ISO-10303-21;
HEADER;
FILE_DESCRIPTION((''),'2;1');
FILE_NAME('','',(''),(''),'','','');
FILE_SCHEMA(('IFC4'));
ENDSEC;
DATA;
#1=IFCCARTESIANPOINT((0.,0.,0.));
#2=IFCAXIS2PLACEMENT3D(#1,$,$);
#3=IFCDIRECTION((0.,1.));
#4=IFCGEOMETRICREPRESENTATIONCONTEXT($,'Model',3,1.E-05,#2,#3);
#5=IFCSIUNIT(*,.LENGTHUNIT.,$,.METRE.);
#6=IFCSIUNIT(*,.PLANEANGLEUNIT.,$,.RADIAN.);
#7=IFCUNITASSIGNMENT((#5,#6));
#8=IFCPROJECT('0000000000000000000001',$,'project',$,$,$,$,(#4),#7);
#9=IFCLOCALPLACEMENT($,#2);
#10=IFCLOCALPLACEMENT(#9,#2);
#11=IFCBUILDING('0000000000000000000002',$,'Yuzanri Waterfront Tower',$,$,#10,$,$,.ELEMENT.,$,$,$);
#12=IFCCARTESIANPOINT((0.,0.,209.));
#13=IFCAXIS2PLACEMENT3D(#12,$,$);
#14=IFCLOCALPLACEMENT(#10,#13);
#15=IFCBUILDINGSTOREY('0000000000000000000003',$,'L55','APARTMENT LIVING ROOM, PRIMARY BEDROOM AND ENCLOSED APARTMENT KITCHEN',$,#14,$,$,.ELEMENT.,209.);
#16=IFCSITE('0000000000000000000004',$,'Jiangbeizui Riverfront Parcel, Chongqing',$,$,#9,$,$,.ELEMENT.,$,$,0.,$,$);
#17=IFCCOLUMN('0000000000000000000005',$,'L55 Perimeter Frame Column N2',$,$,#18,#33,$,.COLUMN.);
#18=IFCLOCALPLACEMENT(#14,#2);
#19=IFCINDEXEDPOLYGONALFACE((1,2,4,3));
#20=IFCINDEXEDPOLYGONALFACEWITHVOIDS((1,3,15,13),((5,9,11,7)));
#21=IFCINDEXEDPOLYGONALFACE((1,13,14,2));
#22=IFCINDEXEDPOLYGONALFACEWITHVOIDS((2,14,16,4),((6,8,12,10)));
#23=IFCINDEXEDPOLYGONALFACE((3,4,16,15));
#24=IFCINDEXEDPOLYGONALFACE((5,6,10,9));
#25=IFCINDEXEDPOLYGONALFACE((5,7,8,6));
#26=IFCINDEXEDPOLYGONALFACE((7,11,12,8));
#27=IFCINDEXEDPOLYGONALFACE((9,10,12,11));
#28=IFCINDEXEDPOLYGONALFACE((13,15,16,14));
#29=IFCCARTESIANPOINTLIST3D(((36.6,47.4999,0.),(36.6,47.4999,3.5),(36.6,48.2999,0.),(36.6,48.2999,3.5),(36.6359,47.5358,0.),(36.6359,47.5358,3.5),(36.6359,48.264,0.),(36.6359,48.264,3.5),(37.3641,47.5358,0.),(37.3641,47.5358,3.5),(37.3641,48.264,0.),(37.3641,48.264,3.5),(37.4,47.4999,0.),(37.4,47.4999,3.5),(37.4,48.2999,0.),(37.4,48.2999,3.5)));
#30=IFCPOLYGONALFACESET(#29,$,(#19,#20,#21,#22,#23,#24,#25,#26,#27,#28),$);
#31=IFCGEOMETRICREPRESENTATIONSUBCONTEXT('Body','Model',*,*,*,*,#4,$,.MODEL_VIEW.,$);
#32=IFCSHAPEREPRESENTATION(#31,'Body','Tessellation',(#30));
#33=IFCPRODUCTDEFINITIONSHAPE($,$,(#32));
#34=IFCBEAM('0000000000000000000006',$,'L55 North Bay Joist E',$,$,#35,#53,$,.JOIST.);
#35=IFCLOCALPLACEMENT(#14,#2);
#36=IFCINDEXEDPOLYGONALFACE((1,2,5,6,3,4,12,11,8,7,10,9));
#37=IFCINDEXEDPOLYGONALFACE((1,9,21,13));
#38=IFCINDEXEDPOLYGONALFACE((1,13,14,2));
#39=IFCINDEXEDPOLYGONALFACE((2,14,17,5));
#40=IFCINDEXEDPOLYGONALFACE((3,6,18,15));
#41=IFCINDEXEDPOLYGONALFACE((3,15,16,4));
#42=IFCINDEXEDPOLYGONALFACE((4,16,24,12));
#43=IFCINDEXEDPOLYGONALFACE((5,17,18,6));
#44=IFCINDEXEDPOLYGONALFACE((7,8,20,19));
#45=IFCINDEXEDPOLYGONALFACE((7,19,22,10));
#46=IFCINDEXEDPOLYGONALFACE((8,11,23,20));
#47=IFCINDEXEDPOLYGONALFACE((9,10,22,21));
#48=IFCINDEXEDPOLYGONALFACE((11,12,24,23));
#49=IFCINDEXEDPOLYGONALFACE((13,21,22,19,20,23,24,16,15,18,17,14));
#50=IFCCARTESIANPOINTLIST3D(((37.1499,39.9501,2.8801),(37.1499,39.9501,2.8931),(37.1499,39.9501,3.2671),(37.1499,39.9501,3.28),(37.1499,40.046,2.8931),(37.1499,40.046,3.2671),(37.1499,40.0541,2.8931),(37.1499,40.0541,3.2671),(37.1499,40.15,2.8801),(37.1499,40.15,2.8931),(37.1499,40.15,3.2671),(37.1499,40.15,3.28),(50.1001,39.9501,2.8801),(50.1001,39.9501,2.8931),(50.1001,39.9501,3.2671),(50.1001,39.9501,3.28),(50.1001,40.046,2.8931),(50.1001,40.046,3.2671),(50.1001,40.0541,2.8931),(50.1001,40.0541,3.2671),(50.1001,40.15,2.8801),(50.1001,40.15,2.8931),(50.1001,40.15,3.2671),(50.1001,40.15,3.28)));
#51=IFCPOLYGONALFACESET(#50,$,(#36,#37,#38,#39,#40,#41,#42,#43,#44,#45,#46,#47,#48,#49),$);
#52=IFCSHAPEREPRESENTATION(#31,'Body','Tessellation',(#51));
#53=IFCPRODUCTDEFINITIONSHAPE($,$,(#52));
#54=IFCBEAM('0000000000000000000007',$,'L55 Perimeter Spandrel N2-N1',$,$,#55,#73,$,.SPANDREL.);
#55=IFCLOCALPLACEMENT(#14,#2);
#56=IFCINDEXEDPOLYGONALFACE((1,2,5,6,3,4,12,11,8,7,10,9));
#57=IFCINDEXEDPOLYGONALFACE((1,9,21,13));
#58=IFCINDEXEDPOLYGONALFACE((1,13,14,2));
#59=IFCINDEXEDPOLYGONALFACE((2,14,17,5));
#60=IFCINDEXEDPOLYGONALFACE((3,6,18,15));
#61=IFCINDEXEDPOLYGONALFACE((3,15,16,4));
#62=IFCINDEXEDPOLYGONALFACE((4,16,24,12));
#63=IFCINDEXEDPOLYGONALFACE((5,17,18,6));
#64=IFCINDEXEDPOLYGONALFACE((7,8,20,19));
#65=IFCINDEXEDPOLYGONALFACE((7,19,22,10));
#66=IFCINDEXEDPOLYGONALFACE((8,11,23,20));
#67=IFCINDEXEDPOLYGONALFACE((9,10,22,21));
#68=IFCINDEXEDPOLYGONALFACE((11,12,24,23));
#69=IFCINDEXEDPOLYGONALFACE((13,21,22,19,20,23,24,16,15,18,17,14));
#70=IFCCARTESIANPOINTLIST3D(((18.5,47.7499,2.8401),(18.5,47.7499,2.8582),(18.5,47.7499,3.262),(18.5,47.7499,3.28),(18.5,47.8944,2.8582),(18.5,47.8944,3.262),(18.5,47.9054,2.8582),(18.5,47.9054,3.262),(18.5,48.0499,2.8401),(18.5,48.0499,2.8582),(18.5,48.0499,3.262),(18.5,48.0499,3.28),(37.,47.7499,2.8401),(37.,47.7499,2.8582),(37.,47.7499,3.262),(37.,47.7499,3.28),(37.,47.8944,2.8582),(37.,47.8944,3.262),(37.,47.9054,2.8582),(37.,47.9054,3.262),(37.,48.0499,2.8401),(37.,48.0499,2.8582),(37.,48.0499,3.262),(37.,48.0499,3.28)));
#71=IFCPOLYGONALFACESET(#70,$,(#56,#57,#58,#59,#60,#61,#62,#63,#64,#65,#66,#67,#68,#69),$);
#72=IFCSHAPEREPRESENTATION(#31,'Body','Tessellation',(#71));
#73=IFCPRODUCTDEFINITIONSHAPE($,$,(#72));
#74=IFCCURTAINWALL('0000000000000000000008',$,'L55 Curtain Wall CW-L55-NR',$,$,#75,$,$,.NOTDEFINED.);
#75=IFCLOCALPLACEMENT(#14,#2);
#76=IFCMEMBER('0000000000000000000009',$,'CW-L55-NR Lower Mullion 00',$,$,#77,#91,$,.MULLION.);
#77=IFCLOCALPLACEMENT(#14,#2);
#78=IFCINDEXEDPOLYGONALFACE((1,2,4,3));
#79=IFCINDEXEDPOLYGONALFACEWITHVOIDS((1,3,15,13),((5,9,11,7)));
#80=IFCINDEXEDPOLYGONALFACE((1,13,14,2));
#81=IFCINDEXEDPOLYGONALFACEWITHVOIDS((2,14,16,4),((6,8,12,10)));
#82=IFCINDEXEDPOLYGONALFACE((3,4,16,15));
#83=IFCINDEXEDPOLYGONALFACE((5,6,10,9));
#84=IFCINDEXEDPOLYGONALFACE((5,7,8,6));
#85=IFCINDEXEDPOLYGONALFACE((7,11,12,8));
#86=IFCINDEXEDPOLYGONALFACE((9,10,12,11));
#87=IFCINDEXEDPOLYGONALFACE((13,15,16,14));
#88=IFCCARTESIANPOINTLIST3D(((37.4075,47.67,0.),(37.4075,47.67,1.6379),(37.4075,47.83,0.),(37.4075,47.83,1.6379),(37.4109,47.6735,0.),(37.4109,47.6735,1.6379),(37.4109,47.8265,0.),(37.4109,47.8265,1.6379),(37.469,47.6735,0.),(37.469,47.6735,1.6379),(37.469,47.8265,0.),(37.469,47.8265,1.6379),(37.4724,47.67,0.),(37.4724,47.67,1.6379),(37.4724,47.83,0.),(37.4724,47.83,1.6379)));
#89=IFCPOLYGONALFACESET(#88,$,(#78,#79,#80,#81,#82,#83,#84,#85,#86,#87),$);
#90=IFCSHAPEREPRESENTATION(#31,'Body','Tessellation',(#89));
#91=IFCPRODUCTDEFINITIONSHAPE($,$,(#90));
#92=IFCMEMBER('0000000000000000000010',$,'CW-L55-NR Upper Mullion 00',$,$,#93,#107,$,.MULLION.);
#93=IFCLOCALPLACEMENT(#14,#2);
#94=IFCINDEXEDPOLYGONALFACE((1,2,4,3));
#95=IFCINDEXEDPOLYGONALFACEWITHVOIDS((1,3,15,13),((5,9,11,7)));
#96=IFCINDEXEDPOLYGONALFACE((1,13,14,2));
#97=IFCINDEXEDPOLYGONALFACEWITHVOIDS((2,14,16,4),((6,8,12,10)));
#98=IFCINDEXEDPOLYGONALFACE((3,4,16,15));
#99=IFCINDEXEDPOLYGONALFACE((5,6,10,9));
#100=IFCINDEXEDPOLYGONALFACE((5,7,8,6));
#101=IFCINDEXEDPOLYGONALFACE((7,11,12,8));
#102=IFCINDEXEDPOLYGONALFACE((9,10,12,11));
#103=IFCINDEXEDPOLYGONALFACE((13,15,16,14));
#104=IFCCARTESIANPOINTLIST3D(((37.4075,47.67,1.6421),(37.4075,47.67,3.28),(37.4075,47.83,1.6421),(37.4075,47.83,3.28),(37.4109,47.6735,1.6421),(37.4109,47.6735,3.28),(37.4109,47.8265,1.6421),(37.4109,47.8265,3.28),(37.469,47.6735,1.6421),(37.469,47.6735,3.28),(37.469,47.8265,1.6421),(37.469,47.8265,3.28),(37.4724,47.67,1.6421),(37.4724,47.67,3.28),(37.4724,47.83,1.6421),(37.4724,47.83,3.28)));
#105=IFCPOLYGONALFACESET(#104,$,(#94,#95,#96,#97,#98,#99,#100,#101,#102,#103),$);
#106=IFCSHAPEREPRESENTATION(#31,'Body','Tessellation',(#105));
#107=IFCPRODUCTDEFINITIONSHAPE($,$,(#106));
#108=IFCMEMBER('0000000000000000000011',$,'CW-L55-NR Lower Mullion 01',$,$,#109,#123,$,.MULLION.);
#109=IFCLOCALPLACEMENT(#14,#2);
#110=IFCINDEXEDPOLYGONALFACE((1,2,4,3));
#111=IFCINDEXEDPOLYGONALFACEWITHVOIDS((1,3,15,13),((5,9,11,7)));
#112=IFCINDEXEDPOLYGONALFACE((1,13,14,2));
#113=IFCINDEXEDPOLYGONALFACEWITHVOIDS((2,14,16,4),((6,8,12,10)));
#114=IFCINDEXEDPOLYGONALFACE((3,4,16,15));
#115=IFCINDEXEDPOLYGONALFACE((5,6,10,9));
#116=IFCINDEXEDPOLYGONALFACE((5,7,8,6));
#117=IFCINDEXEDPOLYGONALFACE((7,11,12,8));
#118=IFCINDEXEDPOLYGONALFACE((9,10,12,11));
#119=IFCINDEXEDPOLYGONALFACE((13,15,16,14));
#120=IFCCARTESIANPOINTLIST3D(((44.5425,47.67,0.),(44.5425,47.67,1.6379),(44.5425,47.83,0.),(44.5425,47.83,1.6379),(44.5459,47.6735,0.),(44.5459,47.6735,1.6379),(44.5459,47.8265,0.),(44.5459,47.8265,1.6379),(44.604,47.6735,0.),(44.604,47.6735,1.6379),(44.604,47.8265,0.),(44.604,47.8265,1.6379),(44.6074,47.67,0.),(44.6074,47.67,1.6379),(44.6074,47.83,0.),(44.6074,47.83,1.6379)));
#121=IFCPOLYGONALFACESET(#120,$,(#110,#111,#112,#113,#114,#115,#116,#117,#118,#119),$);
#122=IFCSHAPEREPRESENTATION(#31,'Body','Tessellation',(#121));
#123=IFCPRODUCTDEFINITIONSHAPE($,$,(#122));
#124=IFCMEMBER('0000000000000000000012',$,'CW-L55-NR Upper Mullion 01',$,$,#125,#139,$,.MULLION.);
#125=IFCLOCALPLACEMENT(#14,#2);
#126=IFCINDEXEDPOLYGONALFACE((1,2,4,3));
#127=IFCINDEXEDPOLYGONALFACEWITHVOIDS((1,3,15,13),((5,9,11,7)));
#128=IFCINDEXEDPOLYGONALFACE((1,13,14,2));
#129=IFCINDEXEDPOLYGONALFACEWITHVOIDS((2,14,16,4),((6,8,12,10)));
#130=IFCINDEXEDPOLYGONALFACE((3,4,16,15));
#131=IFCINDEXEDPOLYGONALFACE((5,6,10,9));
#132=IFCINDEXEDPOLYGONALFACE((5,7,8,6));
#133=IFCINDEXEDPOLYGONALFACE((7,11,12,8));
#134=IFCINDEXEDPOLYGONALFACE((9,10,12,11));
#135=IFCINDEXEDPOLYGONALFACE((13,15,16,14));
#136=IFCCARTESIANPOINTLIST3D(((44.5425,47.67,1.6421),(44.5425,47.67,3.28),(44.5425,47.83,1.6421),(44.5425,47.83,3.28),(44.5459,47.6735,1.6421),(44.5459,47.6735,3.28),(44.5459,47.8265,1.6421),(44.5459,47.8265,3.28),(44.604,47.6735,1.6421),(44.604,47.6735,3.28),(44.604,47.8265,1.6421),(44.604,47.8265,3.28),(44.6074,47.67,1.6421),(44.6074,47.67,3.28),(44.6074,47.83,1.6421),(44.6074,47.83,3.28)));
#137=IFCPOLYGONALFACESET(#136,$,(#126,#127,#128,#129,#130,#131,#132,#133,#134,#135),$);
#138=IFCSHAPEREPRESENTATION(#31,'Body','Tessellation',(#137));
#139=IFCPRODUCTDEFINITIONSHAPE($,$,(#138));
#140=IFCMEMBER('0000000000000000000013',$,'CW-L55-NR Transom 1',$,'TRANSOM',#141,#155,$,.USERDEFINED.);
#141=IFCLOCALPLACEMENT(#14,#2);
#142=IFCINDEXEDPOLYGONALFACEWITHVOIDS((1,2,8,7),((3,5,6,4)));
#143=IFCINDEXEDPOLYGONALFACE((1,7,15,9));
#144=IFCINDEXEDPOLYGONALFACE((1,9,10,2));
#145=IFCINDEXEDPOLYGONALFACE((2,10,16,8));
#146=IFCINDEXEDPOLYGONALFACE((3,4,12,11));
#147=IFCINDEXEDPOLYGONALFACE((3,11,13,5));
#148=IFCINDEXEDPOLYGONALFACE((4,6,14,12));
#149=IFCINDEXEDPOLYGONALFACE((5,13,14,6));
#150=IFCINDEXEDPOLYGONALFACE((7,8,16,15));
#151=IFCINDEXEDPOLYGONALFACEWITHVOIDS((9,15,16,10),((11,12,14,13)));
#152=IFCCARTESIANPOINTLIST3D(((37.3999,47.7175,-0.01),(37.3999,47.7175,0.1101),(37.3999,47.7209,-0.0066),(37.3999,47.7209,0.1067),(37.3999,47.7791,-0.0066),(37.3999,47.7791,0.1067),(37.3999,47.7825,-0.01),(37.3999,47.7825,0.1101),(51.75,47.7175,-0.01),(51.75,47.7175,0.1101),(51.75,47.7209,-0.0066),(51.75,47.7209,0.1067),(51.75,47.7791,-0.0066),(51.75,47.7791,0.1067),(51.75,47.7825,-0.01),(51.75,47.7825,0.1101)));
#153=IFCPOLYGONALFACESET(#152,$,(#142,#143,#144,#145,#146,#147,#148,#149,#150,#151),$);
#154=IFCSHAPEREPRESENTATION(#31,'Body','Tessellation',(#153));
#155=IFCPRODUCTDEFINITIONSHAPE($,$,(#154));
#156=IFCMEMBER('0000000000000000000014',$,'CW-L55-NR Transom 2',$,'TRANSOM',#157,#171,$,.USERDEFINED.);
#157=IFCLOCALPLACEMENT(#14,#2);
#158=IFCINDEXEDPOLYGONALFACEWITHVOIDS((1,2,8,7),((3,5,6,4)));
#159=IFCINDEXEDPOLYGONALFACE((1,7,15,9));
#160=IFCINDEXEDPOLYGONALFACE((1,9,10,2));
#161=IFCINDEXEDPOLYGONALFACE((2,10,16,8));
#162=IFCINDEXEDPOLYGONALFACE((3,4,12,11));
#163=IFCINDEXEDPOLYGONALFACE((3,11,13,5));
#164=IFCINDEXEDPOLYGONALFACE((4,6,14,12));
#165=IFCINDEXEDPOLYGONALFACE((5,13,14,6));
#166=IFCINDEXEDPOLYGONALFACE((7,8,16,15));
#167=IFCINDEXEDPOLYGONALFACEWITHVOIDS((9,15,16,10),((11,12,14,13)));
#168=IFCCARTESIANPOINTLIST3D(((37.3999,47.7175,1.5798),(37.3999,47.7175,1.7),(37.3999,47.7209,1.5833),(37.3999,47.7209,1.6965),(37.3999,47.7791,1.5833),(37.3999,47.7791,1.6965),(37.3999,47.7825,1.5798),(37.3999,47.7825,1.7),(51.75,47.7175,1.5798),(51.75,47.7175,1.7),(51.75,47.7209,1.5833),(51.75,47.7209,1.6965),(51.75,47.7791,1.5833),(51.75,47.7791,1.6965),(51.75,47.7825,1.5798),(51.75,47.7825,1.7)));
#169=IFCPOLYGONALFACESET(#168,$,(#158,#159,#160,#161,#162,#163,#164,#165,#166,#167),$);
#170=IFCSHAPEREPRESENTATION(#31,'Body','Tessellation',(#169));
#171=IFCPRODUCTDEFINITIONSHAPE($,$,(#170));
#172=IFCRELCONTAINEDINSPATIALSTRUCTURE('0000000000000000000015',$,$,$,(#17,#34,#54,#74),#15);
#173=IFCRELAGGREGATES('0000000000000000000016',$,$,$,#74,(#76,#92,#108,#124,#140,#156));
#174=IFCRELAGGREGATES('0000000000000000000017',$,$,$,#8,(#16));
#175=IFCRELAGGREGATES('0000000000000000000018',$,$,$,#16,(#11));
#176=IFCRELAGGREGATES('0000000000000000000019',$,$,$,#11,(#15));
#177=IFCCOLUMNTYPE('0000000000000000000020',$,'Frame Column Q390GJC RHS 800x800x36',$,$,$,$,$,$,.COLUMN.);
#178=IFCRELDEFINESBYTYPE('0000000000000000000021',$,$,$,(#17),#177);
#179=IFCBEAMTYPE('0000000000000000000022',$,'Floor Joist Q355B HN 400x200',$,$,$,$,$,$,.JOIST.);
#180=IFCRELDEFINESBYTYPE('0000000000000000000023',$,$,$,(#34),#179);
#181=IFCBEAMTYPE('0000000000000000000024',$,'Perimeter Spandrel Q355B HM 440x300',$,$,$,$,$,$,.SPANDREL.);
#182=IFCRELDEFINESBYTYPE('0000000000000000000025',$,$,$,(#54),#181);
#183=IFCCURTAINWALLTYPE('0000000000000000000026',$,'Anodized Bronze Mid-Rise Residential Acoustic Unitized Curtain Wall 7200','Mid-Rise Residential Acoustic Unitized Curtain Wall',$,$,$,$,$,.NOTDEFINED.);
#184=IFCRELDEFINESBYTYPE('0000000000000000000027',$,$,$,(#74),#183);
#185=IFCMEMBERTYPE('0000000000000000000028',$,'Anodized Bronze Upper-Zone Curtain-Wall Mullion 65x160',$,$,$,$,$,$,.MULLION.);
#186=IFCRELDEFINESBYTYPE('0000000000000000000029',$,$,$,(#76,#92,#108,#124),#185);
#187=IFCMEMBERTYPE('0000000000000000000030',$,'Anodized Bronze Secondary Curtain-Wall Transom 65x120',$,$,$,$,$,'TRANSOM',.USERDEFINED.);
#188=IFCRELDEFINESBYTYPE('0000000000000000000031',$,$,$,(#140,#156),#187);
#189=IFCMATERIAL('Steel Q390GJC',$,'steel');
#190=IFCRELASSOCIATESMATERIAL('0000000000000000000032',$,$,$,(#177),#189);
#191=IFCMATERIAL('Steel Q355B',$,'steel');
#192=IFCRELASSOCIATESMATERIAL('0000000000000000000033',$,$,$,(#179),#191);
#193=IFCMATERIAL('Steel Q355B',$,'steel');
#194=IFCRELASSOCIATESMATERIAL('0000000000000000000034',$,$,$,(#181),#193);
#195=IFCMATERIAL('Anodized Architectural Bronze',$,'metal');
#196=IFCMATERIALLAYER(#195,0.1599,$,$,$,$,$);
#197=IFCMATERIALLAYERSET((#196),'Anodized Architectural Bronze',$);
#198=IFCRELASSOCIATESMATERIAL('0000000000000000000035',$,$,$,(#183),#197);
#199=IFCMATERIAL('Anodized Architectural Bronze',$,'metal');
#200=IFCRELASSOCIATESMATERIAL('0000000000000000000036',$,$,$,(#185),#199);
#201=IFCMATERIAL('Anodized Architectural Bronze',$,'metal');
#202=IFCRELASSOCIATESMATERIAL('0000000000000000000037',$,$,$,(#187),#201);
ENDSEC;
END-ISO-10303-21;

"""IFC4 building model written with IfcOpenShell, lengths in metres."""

from ifc_helpers import new_model, si_unit, direction, frame, origin, origin_2d, place, context, subcontext, project, spatial, hollow_rectangle, i_section, extrude, source, transform, mapped, material, layer, layer_set, material_profile, profile_set, type_object, element, aggregate, save


model = new_model("IFC4")

# Units and contexts
model_context = context("Model", 3, precision=1e-05, world=origin(), true_north=direction((0.0, 1.0)))
body_context = subcontext(model_context, "Body", "Model", "MODEL_VIEW")
ifc_project = project(units=[si_unit("LENGTHUNIT", "METRE"), si_unit("PLANEANGLEUNIT", "RADIAN")], contexts=[model_context])

# Site, building, storey
site_placement = place(None, origin())
site = spatial("IfcSite", under=ifc_project, at=site_placement, Name="Jiangbeizui Riverfront Parcel, Chongqing", CompositionType="ELEMENT", RefElevation=0.0)
building_placement = place(site_placement, origin())
building = spatial("IfcBuilding", under=site, at=building_placement, Name="Yuzanri Waterfront Tower", CompositionType="ELEMENT")
storey_placement = place(building_placement, frame((0.0, 0.0, 209.0)))
storey = spatial("IfcBuildingStorey", under=building, at=storey_placement, Name="L55", Description="APARTMENT LIVING ROOM, PRIMARY BEDROOM AND ENCLOSED APARTMENT KITCHEN", CompositionType="ELEMENT", Elevation=209.0)

# Column
ifc_material_1 = material(Name="Steel Q390GJC", Category="steel")
ifc_material_profile_1 = material_profile(ifc_material_1, hollow_rectangle(XDim=0.8, YDim=0.8, WallThickness=0.0359, at=origin_2d()), Name="RHS 800x800x36")
ifc_profile_set_1 = profile_set([ifc_material_profile_1], Name="Steel Q390GJC")
column_type = type_object("IfcColumnType", Name="Frame Column Q390GJC RHS 800x800x36", PredefinedType="COLUMN", material=ifc_profile_set_1)
shared_shape_1 = source(origin(), body_context, "Body", "SweptSolid", [
    extrude(hollow_rectangle(XDim=0.8, YDim=0.8, WallThickness=0.0359, at=origin_2d()), origin(), (0.0, 0.0, 1.0), 3.5),
])
column_placement = place(storey_placement, frame((37.0, 47.8999, 0.0), z_axis=(0.0, 0.0, 1.0), x_axis=(1.0, 0.0, 0.0)))
element("IfcColumn", 1, at=column_placement, inside=storey, type_object=column_type, Name="L55 Perimeter Frame Column N2", PredefinedType="COLUMN", context=body_context, shape_type="MappedRepresentation", body=[
    mapped(shared_shape_1, transform((0.0, 0.0, 0.0), scale=1.0)),
])

# Beams
ifc_material_2 = material(Name="Steel Q355B", Category="steel")
ifc_material_profile_2 = material_profile(ifc_material_2, i_section(OverallWidth=0.2, OverallDepth=0.3999, WebThickness=0.0081, FlangeThickness=0.0129, at=origin_2d()), Name="HN 400x200x8x13")
ifc_profile_set_2 = profile_set([ifc_material_profile_2], Name="Steel Q355B")
beam_type_1 = type_object("IfcBeamType", Name="Floor Joist Q355B HN 400x200", PredefinedType="JOIST", material=ifc_profile_set_2)
shared_shape_2 = source(origin(), body_context, "Body", "SweptSolid", [
    extrude(i_section(OverallWidth=0.2, OverallDepth=0.3999, WebThickness=0.0081, FlangeThickness=0.0129, at=origin_2d()), origin(), (0.0, 0.0, 1.0), 12.9502),
])
beam_1_placement = place(storey_placement, frame((37.1499, 40.05, 3.0801), z_axis=(1.0, 0.0, 0.0), x_axis=(0.0, 1.0, 0.0)))
element("IfcBeam", 2, at=beam_1_placement, inside=storey, type_object=beam_type_1, Name="L55 North Bay Joist E", PredefinedType="JOIST", context=body_context, shape_type="MappedRepresentation", body=[
    mapped(shared_shape_2, transform((0.0, 0.0, 0.0), scale=1.0)),
])
ifc_material_3 = material(Name="Steel Q355B", Category="steel")
ifc_material_profile_3 = material_profile(ifc_material_3, i_section(OverallWidth=0.3, OverallDepth=0.4399, WebThickness=0.011, FlangeThickness=0.0181, at=origin_2d()), Name="HM 440x300x11x18")
ifc_profile_set_3 = profile_set([ifc_material_profile_3], Name="Steel Q355B")
beam_type_2 = type_object("IfcBeamType", Name="Perimeter Spandrel Q355B HM 440x300", PredefinedType="SPANDREL", material=ifc_profile_set_3)
shared_shape_3 = source(origin(), body_context, "Body", "SweptSolid", [
    extrude(i_section(OverallWidth=0.3, OverallDepth=0.4399, WebThickness=0.011, FlangeThickness=0.0181, at=origin_2d()), origin(), (0.0, 0.0, 1.0), 18.5),
])
beam_2_placement = place(storey_placement, frame((37.0, 47.8999, 3.0601), z_axis=(-1.0, 0.0, 0.0), x_axis=(0.0, -1.0, 0.0)))
element("IfcBeam", 3, at=beam_2_placement, inside=storey, type_object=beam_type_2, Name="L55 Perimeter Spandrel N2-N1", PredefinedType="SPANDREL", context=body_context, shape_type="MappedRepresentation", body=[
    mapped(shared_shape_3, transform((0.0, 0.0, 0.0), scale=1.0)),
])

# Curtain wall, members
ifc_material_4 = material(Name="Anodized Architectural Bronze", Category="metal")
ifc_layer_1 = layer(ifc_material_4, 0.1599)
ifc_layer_set_1 = layer_set([ifc_layer_1], Name="Anodized Architectural Bronze")
curtain_wall_type = type_object("IfcCurtainWallType", Name="Anodized Bronze Mid-Rise Residential Acoustic Unitized Curtain Wall 7200", Description="Mid-Rise Residential Acoustic Unitized Curtain Wall", PredefinedType="NOTDEFINED", material=ifc_layer_set_1)
curtain_wall_placement = place(storey_placement, origin())
curtain_wall = element("IfcCurtainWall", 4, at=curtain_wall_placement, inside=storey, type_object=curtain_wall_type, Name="L55 Curtain Wall CW-L55-NR", PredefinedType="NOTDEFINED")
ifc_material_5 = material(Name="Anodized Architectural Bronze", Category="metal")
ifc_material_profile_4 = material_profile(ifc_material_5, hollow_rectangle(XDim=0.0649, YDim=0.1599, WallThickness=0.0034, at=origin_2d()), Name="CWM 65x160")
ifc_profile_set_4 = profile_set([ifc_material_profile_4], Name="Anodized Architectural Bronze")
member_type_1 = type_object("IfcMemberType", Name="Anodized Bronze Upper-Zone Curtain-Wall Mullion 65x160", PredefinedType="MULLION", material=ifc_profile_set_4)
shared_shape_4 = source(origin(), body_context, "Body", "SweptSolid", [
    extrude(hollow_rectangle(XDim=0.0649, YDim=0.1599, WallThickness=0.0034, at=origin_2d()), origin(), (0.0, 0.0, 1.0), 1.6379),
])
member_1_placement = place(storey_placement, frame((37.4399, 47.75, 0.0), z_axis=(0.0, 0.0, 1.0), x_axis=(1.0, 0.0, 0.0)))
member_1 = element("IfcMember", 5, at=member_1_placement, type_object=member_type_1, Name="CW-L55-NR Lower Mullion 00", PredefinedType="MULLION", context=body_context, shape_type="MappedRepresentation", body=[
    mapped(shared_shape_4, transform((0.0, 0.0, 0.0), scale=1.0)),
])
member_2_placement = place(storey_placement, frame((37.4399, 47.75, 1.6421), z_axis=(0.0, 0.0, 1.0), x_axis=(1.0, 0.0, 0.0)))
member_2 = element("IfcMember", 6, at=member_2_placement, type_object=member_type_1, Name="CW-L55-NR Upper Mullion 00", PredefinedType="MULLION", context=body_context, shape_type="MappedRepresentation", body=[
    mapped(shared_shape_4, transform((0.0, 0.0, 0.0), scale=1.0)),
])
member_3_placement = place(storey_placement, frame((44.575, 47.75, 0.0), z_axis=(0.0, 0.0, 1.0), x_axis=(1.0, 0.0, 0.0)))
member_3 = element("IfcMember", 7, at=member_3_placement, type_object=member_type_1, Name="CW-L55-NR Lower Mullion 01", PredefinedType="MULLION", context=body_context, shape_type="MappedRepresentation", body=[
    mapped(shared_shape_4, transform((0.0, 0.0, 0.0), scale=1.0)),
])
member_4_placement = place(storey_placement, frame((44.575, 47.75, 1.6421), z_axis=(0.0, 0.0, 1.0), x_axis=(1.0, 0.0, 0.0)))
member_4 = element("IfcMember", 8, at=member_4_placement, type_object=member_type_1, Name="CW-L55-NR Upper Mullion 01", PredefinedType="MULLION", context=body_context, shape_type="MappedRepresentation", body=[
    mapped(shared_shape_4, transform((0.0, 0.0, 0.0), scale=1.0)),
])
ifc_material_6 = material(Name="Anodized Architectural Bronze", Category="metal")
ifc_material_profile_5 = material_profile(ifc_material_6, hollow_rectangle(XDim=0.0649, YDim=0.1201, WallThickness=0.0034, at=origin_2d()), Name="CWT 65x120")
ifc_profile_set_5 = profile_set([ifc_material_profile_5], Name="Anodized Architectural Bronze")
member_type_2 = type_object("IfcMemberType", Name="Anodized Bronze Secondary Curtain-Wall Transom 65x120", ElementType="TRANSOM", PredefinedType="USERDEFINED", material=ifc_profile_set_5)
shared_shape_5 = source(origin(), body_context, "Body", "SweptSolid", [
    extrude(hollow_rectangle(XDim=0.0649, YDim=0.1201, WallThickness=0.0034, at=origin_2d()), origin(), (0.0, 0.0, 1.0), 14.3501),
])
member_5_placement = place(storey_placement, frame((37.3999, 47.75, 0.05), z_axis=(1.0, 0.0, 0.0), x_axis=(0.0, 1.0, 0.0)))
member_5 = element("IfcMember", 9, at=member_5_placement, type_object=member_type_2, Name="CW-L55-NR Transom 1", ObjectType="TRANSOM", PredefinedType="USERDEFINED", context=body_context, shape_type="MappedRepresentation", body=[
    mapped(shared_shape_5, transform((0.0, 0.0, 0.0), scale=1.0)),
])
member_6_placement = place(storey_placement, frame((37.3999, 47.75, 1.6399), z_axis=(1.0, 0.0, 0.0), x_axis=(0.0, 1.0, 0.0)))
member_6 = element("IfcMember", 10, at=member_6_placement, type_object=member_type_2, Name="CW-L55-NR Transom 2", ObjectType="TRANSOM", PredefinedType="USERDEFINED", context=body_context, shape_type="MappedRepresentation", body=[
    mapped(shared_shape_5, transform((0.0, 0.0, 0.0), scale=1.0)),
])
aggregate(curtain_wall, [member_1, member_2, member_3, member_4, member_5, member_6])

save(model, "model.ifc")
